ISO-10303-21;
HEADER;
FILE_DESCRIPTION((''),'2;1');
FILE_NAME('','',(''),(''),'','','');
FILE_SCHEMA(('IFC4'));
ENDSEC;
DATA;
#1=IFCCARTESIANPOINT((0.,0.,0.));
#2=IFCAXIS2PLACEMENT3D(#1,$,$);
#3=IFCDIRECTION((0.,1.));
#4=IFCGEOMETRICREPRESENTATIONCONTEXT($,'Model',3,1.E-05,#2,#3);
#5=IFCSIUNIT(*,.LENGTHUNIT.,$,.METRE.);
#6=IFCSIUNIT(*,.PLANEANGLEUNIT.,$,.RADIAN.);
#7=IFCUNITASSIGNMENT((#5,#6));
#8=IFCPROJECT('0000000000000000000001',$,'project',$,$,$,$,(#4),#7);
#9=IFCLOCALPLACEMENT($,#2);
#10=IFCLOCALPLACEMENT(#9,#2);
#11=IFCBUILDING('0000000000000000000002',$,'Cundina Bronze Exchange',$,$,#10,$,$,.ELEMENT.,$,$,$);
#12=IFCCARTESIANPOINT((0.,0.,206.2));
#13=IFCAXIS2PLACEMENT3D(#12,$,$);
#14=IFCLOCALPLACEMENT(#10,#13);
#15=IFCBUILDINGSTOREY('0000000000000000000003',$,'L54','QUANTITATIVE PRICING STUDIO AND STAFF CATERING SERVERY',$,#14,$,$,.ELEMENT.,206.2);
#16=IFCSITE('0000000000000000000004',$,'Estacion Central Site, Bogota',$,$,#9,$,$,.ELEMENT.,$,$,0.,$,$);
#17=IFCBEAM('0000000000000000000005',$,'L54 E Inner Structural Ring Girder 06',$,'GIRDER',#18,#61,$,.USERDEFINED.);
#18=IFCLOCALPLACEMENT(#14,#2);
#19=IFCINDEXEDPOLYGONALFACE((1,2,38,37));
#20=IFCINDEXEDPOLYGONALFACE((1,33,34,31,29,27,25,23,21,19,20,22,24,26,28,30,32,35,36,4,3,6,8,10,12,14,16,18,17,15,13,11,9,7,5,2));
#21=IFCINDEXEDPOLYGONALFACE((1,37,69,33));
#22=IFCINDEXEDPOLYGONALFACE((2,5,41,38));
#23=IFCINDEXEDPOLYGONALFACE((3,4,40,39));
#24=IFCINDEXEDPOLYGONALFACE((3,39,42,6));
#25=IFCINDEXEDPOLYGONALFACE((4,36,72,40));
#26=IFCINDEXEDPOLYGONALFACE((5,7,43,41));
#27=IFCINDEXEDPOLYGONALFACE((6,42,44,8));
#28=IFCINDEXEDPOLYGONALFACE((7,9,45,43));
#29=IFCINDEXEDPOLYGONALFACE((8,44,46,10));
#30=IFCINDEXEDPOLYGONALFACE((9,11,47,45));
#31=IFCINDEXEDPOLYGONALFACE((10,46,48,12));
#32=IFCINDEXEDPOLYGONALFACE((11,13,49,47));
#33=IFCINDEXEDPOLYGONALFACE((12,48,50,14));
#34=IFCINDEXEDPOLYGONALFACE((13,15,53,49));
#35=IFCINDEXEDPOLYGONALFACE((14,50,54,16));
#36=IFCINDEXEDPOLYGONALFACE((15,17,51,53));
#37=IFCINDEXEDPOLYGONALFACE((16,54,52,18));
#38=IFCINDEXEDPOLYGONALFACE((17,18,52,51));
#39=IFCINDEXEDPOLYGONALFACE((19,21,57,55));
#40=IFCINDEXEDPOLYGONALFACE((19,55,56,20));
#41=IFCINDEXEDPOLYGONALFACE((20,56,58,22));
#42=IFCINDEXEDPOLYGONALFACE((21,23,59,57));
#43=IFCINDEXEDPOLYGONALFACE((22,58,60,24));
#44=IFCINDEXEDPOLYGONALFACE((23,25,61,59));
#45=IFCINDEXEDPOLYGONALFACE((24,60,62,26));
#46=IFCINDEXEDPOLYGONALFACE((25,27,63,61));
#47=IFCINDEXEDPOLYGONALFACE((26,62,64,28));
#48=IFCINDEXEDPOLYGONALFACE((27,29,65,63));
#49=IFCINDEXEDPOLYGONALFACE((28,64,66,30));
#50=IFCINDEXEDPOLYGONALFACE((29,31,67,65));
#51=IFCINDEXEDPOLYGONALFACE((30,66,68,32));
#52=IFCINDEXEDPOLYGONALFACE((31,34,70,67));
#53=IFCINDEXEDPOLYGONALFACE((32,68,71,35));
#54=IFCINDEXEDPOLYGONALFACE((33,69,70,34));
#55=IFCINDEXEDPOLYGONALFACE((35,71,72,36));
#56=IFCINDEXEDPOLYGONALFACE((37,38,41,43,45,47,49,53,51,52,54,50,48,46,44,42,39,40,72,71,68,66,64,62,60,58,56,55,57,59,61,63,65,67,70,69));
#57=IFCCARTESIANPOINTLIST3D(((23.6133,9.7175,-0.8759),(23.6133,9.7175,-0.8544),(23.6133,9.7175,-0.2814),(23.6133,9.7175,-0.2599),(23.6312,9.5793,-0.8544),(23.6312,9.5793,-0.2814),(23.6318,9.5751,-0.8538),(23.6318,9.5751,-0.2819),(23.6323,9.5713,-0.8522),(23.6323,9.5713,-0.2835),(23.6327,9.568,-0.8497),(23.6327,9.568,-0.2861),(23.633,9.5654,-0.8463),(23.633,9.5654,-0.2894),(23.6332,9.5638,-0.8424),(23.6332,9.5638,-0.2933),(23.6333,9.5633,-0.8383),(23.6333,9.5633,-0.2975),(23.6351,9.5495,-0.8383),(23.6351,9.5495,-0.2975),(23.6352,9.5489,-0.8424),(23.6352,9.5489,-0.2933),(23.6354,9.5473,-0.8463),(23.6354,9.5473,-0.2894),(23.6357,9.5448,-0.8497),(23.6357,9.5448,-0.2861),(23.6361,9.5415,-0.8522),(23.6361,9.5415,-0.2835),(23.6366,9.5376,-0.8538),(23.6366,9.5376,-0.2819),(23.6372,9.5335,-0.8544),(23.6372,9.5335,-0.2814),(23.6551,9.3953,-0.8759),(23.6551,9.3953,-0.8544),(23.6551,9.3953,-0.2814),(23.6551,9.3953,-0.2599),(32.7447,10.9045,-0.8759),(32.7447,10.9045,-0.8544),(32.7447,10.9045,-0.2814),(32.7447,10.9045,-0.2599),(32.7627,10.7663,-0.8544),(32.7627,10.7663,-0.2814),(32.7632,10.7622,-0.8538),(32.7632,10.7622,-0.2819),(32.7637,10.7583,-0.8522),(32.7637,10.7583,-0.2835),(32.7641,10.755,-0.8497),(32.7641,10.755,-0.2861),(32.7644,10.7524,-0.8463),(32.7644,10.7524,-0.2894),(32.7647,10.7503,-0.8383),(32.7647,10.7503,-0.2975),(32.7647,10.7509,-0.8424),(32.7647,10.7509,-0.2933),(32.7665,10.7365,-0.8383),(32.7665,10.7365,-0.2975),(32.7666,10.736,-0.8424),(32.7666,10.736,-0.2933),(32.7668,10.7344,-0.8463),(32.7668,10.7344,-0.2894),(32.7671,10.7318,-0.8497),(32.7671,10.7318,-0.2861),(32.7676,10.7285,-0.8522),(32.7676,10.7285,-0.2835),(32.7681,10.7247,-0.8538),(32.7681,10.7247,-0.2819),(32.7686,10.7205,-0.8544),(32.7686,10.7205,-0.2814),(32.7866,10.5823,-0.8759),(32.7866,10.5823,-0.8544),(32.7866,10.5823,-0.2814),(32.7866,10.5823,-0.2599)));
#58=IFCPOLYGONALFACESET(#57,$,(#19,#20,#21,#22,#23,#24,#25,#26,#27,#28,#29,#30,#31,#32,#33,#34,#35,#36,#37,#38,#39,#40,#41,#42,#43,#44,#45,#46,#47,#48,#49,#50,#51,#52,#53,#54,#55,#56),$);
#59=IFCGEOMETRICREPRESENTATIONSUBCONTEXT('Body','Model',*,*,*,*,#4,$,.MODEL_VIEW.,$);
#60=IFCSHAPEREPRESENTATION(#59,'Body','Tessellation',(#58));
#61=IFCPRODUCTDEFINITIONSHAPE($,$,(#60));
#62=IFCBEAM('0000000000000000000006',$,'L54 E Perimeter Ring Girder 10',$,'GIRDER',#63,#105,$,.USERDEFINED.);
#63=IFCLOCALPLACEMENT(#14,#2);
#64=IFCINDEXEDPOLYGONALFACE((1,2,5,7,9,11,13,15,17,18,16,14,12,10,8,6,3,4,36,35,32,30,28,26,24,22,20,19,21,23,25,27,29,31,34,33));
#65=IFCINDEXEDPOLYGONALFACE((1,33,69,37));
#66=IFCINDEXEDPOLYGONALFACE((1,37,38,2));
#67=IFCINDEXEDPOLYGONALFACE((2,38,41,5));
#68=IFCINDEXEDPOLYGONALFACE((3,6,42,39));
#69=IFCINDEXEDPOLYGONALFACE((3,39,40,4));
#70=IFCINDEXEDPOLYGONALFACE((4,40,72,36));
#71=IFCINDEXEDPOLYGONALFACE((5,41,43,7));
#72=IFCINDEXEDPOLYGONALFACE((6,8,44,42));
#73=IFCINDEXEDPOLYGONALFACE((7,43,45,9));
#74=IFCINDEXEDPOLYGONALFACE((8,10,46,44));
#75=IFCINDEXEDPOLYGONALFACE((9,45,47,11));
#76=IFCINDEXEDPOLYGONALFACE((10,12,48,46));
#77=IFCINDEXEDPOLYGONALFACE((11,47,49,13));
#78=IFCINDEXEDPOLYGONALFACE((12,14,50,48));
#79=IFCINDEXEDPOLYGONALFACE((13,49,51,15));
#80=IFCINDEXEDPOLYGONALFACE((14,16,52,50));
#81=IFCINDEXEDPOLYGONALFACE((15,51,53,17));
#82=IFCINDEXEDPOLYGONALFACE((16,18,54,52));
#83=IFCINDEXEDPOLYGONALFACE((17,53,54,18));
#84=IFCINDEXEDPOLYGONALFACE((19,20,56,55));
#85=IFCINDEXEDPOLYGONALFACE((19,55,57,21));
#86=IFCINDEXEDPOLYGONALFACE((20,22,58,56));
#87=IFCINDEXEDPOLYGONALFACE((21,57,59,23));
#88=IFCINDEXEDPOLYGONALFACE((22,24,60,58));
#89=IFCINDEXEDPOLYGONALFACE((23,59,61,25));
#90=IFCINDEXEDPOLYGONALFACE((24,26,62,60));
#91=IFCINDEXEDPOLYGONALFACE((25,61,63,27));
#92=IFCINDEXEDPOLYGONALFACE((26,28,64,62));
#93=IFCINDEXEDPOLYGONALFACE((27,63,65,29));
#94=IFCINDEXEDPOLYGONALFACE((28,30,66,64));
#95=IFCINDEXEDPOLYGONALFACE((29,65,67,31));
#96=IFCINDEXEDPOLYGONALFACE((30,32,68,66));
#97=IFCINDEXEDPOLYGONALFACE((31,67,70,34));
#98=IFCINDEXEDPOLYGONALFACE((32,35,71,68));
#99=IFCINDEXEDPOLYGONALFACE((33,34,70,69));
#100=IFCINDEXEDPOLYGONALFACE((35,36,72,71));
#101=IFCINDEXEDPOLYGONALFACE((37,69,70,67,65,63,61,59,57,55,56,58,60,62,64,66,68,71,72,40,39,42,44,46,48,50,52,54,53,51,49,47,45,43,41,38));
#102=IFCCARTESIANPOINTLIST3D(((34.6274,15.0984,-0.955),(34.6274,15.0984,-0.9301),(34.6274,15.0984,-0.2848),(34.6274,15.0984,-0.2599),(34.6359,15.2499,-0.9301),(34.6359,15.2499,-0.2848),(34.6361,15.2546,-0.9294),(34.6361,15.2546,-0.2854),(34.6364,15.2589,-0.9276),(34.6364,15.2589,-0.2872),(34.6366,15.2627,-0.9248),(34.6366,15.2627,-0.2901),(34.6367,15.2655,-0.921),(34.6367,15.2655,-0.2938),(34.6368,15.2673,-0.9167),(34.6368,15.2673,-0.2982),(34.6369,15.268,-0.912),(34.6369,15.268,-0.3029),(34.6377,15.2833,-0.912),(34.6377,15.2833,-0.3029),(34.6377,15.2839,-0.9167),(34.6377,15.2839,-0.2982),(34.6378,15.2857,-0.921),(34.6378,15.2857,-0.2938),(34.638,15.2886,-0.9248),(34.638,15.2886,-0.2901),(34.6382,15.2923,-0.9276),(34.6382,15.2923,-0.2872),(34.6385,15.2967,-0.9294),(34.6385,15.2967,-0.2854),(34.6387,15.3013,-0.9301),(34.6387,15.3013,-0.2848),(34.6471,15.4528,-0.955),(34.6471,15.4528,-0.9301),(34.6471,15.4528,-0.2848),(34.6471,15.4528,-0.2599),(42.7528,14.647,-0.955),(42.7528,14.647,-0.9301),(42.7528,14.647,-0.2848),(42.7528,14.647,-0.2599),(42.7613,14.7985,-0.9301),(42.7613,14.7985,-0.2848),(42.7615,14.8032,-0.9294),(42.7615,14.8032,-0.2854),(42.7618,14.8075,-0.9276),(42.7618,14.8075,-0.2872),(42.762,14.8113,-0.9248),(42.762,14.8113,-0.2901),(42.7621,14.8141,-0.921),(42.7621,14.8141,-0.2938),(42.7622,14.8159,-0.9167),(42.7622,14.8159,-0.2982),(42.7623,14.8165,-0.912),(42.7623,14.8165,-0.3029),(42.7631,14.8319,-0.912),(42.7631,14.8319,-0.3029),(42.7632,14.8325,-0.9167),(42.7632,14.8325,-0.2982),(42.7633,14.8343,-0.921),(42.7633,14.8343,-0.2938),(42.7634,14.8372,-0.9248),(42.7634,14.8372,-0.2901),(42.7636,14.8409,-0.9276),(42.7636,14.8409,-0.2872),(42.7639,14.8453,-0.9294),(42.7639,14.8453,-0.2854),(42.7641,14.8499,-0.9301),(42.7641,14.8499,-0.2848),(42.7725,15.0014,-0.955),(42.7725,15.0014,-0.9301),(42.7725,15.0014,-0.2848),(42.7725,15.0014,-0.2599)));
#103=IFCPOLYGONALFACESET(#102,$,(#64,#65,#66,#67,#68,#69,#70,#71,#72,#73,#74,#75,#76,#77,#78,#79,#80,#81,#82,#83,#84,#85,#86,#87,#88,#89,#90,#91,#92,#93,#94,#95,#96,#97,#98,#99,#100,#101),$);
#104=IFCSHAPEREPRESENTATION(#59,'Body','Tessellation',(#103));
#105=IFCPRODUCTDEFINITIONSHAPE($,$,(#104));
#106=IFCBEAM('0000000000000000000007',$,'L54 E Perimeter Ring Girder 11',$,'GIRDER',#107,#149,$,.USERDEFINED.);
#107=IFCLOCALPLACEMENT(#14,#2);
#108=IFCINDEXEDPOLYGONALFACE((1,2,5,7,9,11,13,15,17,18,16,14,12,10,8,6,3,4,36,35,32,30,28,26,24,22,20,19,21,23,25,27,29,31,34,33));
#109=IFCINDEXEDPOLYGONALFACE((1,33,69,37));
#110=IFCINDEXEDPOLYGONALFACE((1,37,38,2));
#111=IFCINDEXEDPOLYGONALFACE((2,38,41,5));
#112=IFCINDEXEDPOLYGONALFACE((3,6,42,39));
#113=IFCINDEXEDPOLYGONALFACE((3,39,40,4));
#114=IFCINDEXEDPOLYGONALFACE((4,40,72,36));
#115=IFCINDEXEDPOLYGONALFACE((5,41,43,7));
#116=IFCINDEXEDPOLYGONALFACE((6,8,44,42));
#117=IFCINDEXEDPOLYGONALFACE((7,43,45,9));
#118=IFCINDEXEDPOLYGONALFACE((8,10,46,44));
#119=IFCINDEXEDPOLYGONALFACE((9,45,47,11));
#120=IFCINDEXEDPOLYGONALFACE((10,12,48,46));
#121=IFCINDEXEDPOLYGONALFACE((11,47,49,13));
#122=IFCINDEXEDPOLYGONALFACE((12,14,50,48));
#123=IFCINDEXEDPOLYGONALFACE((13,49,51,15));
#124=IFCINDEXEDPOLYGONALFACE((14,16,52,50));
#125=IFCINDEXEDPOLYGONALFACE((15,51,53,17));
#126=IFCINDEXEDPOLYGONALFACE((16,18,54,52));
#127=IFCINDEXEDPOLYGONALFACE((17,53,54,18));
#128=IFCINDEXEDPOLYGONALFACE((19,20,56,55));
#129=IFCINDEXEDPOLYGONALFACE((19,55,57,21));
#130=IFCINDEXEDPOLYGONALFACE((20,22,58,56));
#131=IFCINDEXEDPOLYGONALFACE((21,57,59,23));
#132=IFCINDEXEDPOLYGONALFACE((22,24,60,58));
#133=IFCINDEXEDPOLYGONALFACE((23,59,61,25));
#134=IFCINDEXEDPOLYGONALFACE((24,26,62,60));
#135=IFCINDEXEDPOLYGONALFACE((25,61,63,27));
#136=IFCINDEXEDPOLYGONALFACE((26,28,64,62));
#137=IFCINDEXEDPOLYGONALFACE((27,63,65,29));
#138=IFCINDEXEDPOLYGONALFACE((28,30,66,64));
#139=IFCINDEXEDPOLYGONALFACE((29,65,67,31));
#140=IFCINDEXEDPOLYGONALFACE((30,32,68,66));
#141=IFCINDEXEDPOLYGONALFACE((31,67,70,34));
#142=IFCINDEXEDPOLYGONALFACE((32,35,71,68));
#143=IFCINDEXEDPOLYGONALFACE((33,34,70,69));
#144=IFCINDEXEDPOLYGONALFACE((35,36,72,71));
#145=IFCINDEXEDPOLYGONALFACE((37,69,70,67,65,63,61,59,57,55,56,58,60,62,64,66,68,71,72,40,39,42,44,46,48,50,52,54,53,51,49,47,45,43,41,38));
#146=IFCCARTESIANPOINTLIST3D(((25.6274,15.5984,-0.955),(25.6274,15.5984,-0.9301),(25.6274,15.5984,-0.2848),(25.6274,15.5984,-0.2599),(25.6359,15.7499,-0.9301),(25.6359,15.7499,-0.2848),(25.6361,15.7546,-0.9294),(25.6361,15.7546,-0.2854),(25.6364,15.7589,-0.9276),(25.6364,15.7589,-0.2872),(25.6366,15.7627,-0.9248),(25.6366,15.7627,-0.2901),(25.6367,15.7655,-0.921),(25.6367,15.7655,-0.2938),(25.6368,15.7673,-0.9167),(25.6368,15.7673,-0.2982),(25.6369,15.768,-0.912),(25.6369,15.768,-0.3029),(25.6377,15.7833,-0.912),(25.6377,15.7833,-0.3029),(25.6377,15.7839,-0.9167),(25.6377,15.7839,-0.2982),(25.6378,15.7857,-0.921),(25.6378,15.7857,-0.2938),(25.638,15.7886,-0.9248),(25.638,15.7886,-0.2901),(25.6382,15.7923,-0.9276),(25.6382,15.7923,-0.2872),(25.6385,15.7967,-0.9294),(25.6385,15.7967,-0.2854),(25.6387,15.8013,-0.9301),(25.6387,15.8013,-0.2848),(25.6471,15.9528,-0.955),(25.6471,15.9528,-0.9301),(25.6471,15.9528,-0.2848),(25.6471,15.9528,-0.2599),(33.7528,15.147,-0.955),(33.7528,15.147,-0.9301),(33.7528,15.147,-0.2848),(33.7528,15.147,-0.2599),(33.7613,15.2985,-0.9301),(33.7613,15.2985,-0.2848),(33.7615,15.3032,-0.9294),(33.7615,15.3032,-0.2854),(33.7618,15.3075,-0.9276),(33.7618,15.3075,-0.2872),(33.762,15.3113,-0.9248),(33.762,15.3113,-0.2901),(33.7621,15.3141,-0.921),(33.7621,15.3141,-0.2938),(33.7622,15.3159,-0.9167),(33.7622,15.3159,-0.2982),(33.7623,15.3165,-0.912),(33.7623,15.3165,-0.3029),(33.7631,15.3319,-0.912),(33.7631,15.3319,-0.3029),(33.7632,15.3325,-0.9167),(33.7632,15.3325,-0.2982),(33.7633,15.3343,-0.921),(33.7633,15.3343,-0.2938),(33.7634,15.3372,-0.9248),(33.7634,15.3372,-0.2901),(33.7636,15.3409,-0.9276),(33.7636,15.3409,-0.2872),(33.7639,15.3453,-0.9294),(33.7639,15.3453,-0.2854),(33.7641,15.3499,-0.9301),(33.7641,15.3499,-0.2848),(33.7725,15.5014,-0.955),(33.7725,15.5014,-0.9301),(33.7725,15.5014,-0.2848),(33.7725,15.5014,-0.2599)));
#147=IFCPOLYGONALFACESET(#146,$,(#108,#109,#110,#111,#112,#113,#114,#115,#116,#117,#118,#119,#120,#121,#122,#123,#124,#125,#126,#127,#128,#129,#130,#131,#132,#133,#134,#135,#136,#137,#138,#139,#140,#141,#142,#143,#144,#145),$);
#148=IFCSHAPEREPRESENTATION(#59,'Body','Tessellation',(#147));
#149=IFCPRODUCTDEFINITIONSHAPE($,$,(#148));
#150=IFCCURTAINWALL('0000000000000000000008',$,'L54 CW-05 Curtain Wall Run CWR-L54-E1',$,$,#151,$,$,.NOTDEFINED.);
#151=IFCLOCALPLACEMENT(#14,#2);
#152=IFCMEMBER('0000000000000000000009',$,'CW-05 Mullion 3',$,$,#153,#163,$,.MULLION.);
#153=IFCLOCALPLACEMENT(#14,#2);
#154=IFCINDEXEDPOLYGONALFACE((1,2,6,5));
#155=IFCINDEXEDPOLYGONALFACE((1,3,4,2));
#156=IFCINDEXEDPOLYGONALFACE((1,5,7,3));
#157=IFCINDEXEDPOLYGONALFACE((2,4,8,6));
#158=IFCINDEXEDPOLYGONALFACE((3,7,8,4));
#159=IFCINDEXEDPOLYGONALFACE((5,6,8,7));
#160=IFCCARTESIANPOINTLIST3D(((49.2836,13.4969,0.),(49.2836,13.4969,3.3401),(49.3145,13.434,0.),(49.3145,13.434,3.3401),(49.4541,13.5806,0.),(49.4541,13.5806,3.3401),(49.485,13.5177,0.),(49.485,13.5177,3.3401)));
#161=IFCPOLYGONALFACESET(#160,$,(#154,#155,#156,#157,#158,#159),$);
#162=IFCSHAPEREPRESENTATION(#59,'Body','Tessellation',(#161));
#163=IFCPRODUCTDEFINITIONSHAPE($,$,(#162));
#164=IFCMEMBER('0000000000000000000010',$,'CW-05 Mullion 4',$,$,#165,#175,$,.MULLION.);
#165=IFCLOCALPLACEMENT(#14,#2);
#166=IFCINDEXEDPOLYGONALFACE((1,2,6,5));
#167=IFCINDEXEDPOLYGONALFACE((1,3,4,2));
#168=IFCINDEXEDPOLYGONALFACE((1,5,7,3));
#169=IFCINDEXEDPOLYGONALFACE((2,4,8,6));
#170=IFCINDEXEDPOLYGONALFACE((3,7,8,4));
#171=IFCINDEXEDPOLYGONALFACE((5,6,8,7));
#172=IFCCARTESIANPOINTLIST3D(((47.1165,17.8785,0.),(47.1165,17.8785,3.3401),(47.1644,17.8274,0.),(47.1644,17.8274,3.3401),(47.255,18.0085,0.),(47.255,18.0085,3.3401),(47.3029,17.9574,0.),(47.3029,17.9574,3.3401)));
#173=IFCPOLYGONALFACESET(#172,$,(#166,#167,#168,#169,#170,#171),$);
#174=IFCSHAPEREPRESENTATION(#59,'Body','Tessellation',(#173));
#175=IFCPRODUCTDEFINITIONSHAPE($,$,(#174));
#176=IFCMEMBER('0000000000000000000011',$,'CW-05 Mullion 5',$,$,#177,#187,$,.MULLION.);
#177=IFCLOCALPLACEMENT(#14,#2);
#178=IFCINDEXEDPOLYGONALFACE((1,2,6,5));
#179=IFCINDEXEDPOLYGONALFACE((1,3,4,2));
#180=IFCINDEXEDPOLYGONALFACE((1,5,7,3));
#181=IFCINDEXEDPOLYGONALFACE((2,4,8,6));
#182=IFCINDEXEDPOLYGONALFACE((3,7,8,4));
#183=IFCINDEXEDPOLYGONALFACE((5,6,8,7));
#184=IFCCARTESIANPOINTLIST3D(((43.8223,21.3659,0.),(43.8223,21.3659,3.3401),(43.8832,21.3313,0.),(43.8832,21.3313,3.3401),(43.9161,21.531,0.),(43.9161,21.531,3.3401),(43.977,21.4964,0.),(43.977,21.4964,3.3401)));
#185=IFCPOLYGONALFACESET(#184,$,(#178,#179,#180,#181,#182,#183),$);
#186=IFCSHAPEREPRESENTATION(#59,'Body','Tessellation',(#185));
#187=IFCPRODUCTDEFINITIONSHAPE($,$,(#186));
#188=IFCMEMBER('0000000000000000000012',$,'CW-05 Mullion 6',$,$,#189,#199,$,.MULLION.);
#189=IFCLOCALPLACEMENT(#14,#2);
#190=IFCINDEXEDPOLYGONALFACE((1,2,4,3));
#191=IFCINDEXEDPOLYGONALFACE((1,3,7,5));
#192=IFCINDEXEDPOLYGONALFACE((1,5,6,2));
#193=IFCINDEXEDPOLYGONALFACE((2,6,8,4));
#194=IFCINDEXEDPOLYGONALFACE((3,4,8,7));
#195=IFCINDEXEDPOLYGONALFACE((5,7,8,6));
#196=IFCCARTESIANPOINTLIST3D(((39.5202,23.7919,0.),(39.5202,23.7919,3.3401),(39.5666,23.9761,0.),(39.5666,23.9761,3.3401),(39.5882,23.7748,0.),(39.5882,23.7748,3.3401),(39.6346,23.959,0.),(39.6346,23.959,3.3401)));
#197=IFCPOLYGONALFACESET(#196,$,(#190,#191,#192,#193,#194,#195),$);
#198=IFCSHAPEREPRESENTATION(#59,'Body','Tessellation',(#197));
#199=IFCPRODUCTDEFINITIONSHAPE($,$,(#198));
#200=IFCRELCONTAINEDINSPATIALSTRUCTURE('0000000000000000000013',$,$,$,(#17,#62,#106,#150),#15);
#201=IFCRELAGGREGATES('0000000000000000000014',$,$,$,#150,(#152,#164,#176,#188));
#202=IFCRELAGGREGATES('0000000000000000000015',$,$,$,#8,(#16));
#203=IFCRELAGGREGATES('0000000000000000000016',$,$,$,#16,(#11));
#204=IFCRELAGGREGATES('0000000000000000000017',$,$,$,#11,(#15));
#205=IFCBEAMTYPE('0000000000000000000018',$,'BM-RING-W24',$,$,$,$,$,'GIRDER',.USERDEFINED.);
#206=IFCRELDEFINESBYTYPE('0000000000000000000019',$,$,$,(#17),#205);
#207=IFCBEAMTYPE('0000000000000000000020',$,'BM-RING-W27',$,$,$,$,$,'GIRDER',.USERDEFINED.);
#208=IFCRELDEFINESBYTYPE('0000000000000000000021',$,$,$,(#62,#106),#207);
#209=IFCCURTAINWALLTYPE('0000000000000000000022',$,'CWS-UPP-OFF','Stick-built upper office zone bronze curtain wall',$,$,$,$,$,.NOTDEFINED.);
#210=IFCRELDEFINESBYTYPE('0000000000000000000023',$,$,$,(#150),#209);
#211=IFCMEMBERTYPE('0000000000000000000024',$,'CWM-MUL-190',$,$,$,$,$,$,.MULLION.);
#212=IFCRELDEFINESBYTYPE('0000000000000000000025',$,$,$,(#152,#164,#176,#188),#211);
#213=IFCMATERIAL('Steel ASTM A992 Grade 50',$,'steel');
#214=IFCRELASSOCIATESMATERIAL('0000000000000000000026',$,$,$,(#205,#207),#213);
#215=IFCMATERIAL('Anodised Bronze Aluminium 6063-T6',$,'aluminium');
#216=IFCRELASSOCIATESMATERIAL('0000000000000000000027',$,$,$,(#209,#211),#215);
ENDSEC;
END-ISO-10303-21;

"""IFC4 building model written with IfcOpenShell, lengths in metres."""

from ifc_helpers import new_model, si_unit, direction, frame, origin, origin_2d, place, context, subcontext, project, spatial, rectangle, i_section, extrude, material, material_profile, profile_set, type_object, element, aggregate, save


model = new_model("IFC4")

# Units and contexts
model_context = context("Model", 3, precision=1e-05, world=origin(), true_north=direction((0.0, 1.0)))
body_context = subcontext(model_context, "Body", "Model", "MODEL_VIEW")
ifc_project = project(units=[si_unit("LENGTHUNIT", "METRE"), si_unit("PLANEANGLEUNIT", "RADIAN")], contexts=[model_context])

# Site, building, storey
site_placement = place(None, origin())
site = spatial("IfcSite", under=ifc_project, at=site_placement, Name="Estacion Central Site, Bogota", CompositionType="ELEMENT", RefElevation=0.0)
building_placement = place(site_placement, origin())
building = spatial("IfcBuilding", under=site, at=building_placement, Name="Cundina Bronze Exchange", CompositionType="ELEMENT")
storey_placement = place(building_placement, frame((0.0, 0.0, 206.2)))
storey = spatial("IfcBuildingStorey", under=building, at=storey_placement, Name="L54", Description="QUANTITATIVE PRICING STUDIO AND STAFF CATERING SERVERY", CompositionType="ELEMENT", Elevation=206.2)

# Beams
ifc_material_1 = material(Name="Steel ASTM A992 Grade 50", Category="steel")
ifc_material_profile_1 = material_profile(ifc_material_1, i_section(OverallWidth=0.325, OverallDepth=0.616, WebThickness=0.0139, FlangeThickness=0.0215, FilletRadius=0.0161, at=origin_2d()), Name="W24X117", Category="steel")
ifc_profile_set_1 = profile_set([ifc_material_profile_1], Name="Steel ASTM A992 Grade 50")
beam_type_1 = type_object("IfcBeamType", Name="BM-RING-W24", ElementType="GIRDER", PredefinedType="USERDEFINED", material=ifc_profile_set_1)
beam_1_placement = place(storey_placement, frame((32.7656, 10.7434, -0.5679), z_axis=(-0.991656, -0.128908, 0.0), x_axis=(0.128908, -0.991656, 0.0)))
element("IfcBeam", 1, at=beam_1_placement, inside=storey, type_object=beam_type_1, Name="L54 E Inner Structural Ring Girder 06", ObjectType="GIRDER", PredefinedType="USERDEFINED", context=body_context, shape_type="SweptSolid", body=[
    extrude(i_section(OverallWidth=0.325, OverallDepth=0.616, WebThickness=0.0139, FlangeThickness=0.0215, FilletRadius=0.0161, at=origin_2d()), origin(), (0.0, 0.0, 1.0), 9.2083),
])
ifc_material_profile_2 = material_profile(ifc_material_1, i_section(OverallWidth=0.355, OverallDepth=0.6951, WebThickness=0.0154, FlangeThickness=0.0249, FilletRadius=0.0181, at=origin_2d()), Name="W27X146", Category="steel")
ifc_profile_set_2 = profile_set([ifc_material_profile_2], Name="Steel ASTM A992 Grade 50")
beam_type_2 = type_object("IfcBeamType", Name="BM-RING-W27", ElementType="GIRDER", PredefinedType="USERDEFINED", material=ifc_profile_set_2)
for number, where, z_axis, x_axis, name in (
    (2, (42.7627, 14.8242, -0.6074), (-0.99846, 0.05547, 0.0), (-0.05547, -0.99846, 0.0), "L54 E Perimeter Ring Girder 10"),
    (3, (33.7627, 15.3242, -0.6074), (-0.99846, 0.05547, 0.0), (-0.05547, -0.99846, 0.0), "L54 E Perimeter Ring Girder 11"),
):
    element("IfcBeam", number, at=place(storey_placement, frame(where, z_axis=z_axis, x_axis=x_axis)), inside=storey, type_object=beam_type_2, Name=name, ObjectType="GIRDER", PredefinedType="USERDEFINED", context=body_context, shape_type="SweptSolid", body=[
        extrude(i_section(OverallWidth=0.355, OverallDepth=0.6951, WebThickness=0.0154, FlangeThickness=0.0249, FilletRadius=0.0181, at=origin_2d()), origin(), (0.0, 0.0, 1.0), 8.1379),
    ])

# Curtain wall, members
ifc_material_2 = material(Name="Anodised Bronze Aluminium 6063-T6", Category="aluminium")
curtain_wall_type = type_object("IfcCurtainWallType", Name="CWS-UPP-OFF", Description="Stick-built upper office zone bronze curtain wall", PredefinedType="NOTDEFINED", material=ifc_material_2)
curtain_wall_1_placement = place(storey_placement, origin())
curtain_wall_1 = element("IfcCurtainWall", 4, at=curtain_wall_1_placement, inside=storey, type_object=curtain_wall_type, Name="L54 CW-05 Curtain Wall Run CWR-L54-E1", PredefinedType="NOTDEFINED")
ifc_material_profile_3 = material_profile(ifc_material_2, rectangle(XDim=0.0701, YDim=0.1899, at=origin_2d()), Name="AL70X190", Category="aluminium")
ifc_profile_set_3 = profile_set([ifc_material_profile_3], Name="Anodised Bronze Aluminium 6063-T6")
member_type_1 = type_object("IfcMemberType", Name="CWM-MUL-190", PredefinedType="MULLION", material=ifc_profile_set_3)
member_1_placement = place(storey_placement, frame((49.3843, 13.5073, 0.0), z_axis=(0.0, 0.0, 1.0), x_axis=(-0.440566, 0.89772, 0.0)))
member_1 = element("IfcMember", 5, at=member_1_placement, type_object=member_type_1, Name="CW-05 Mullion 3", PredefinedType="MULLION", context=body_context, shape_type="SweptSolid", body=[
    extrude(rectangle(XDim=0.0701, YDim=0.1899, at=origin_2d()), origin(), (0.0, 0.0, 1.0), 3.3401),
])
member_2_placement = place(storey_placement, frame((47.2097, 17.918, 0.0), z_axis=(0.0, 0.0, 1.0), x_axis=(-0.684293, 0.729208, 0.0)))
member_2 = element("IfcMember", 6, at=member_2_placement, type_object=member_type_1, Name="CW-05 Mullion 4", PredefinedType="MULLION", context=body_context, shape_type="SweptSolid", body=[
    extrude(rectangle(XDim=0.0701, YDim=0.1899, at=origin_2d()), origin(), (0.0, 0.0, 1.0), 3.3401),
])
member_3_placement = place(storey_placement, frame((43.8997, 21.4312, 0.0), z_axis=(0.0, 0.0, 1.0), x_axis=(-0.869581, 0.49379, 0.0)))
member_3 = element("IfcMember", 7, at=member_3_placement, type_object=member_type_1, Name="CW-05 Mullion 5", PredefinedType="MULLION", context=body_context, shape_type="SweptSolid", body=[
    extrude(rectangle(XDim=0.0701, YDim=0.1899, at=origin_2d()), origin(), (0.0, 0.0, 1.0), 3.3401),
])
member_4_placement = place(storey_placement, frame((39.5774, 23.8755, 0.0), z_axis=(0.0, 0.0, 1.0), x_axis=(-0.969744, 0.244123, 0.0)))
member_4 = element("IfcMember", 8, at=member_4_placement, type_object=member_type_1, Name="CW-05 Mullion 6", PredefinedType="MULLION", context=body_context, shape_type="SweptSolid", body=[
    extrude(rectangle(XDim=0.0701, YDim=0.1899, at=origin_2d()), origin(), (0.0, 0.0, 1.0), 3.3401),
])

aggregate(curtain_wall_1, [member_1, member_2, member_3, member_4])

save(model, "model.ifc")
